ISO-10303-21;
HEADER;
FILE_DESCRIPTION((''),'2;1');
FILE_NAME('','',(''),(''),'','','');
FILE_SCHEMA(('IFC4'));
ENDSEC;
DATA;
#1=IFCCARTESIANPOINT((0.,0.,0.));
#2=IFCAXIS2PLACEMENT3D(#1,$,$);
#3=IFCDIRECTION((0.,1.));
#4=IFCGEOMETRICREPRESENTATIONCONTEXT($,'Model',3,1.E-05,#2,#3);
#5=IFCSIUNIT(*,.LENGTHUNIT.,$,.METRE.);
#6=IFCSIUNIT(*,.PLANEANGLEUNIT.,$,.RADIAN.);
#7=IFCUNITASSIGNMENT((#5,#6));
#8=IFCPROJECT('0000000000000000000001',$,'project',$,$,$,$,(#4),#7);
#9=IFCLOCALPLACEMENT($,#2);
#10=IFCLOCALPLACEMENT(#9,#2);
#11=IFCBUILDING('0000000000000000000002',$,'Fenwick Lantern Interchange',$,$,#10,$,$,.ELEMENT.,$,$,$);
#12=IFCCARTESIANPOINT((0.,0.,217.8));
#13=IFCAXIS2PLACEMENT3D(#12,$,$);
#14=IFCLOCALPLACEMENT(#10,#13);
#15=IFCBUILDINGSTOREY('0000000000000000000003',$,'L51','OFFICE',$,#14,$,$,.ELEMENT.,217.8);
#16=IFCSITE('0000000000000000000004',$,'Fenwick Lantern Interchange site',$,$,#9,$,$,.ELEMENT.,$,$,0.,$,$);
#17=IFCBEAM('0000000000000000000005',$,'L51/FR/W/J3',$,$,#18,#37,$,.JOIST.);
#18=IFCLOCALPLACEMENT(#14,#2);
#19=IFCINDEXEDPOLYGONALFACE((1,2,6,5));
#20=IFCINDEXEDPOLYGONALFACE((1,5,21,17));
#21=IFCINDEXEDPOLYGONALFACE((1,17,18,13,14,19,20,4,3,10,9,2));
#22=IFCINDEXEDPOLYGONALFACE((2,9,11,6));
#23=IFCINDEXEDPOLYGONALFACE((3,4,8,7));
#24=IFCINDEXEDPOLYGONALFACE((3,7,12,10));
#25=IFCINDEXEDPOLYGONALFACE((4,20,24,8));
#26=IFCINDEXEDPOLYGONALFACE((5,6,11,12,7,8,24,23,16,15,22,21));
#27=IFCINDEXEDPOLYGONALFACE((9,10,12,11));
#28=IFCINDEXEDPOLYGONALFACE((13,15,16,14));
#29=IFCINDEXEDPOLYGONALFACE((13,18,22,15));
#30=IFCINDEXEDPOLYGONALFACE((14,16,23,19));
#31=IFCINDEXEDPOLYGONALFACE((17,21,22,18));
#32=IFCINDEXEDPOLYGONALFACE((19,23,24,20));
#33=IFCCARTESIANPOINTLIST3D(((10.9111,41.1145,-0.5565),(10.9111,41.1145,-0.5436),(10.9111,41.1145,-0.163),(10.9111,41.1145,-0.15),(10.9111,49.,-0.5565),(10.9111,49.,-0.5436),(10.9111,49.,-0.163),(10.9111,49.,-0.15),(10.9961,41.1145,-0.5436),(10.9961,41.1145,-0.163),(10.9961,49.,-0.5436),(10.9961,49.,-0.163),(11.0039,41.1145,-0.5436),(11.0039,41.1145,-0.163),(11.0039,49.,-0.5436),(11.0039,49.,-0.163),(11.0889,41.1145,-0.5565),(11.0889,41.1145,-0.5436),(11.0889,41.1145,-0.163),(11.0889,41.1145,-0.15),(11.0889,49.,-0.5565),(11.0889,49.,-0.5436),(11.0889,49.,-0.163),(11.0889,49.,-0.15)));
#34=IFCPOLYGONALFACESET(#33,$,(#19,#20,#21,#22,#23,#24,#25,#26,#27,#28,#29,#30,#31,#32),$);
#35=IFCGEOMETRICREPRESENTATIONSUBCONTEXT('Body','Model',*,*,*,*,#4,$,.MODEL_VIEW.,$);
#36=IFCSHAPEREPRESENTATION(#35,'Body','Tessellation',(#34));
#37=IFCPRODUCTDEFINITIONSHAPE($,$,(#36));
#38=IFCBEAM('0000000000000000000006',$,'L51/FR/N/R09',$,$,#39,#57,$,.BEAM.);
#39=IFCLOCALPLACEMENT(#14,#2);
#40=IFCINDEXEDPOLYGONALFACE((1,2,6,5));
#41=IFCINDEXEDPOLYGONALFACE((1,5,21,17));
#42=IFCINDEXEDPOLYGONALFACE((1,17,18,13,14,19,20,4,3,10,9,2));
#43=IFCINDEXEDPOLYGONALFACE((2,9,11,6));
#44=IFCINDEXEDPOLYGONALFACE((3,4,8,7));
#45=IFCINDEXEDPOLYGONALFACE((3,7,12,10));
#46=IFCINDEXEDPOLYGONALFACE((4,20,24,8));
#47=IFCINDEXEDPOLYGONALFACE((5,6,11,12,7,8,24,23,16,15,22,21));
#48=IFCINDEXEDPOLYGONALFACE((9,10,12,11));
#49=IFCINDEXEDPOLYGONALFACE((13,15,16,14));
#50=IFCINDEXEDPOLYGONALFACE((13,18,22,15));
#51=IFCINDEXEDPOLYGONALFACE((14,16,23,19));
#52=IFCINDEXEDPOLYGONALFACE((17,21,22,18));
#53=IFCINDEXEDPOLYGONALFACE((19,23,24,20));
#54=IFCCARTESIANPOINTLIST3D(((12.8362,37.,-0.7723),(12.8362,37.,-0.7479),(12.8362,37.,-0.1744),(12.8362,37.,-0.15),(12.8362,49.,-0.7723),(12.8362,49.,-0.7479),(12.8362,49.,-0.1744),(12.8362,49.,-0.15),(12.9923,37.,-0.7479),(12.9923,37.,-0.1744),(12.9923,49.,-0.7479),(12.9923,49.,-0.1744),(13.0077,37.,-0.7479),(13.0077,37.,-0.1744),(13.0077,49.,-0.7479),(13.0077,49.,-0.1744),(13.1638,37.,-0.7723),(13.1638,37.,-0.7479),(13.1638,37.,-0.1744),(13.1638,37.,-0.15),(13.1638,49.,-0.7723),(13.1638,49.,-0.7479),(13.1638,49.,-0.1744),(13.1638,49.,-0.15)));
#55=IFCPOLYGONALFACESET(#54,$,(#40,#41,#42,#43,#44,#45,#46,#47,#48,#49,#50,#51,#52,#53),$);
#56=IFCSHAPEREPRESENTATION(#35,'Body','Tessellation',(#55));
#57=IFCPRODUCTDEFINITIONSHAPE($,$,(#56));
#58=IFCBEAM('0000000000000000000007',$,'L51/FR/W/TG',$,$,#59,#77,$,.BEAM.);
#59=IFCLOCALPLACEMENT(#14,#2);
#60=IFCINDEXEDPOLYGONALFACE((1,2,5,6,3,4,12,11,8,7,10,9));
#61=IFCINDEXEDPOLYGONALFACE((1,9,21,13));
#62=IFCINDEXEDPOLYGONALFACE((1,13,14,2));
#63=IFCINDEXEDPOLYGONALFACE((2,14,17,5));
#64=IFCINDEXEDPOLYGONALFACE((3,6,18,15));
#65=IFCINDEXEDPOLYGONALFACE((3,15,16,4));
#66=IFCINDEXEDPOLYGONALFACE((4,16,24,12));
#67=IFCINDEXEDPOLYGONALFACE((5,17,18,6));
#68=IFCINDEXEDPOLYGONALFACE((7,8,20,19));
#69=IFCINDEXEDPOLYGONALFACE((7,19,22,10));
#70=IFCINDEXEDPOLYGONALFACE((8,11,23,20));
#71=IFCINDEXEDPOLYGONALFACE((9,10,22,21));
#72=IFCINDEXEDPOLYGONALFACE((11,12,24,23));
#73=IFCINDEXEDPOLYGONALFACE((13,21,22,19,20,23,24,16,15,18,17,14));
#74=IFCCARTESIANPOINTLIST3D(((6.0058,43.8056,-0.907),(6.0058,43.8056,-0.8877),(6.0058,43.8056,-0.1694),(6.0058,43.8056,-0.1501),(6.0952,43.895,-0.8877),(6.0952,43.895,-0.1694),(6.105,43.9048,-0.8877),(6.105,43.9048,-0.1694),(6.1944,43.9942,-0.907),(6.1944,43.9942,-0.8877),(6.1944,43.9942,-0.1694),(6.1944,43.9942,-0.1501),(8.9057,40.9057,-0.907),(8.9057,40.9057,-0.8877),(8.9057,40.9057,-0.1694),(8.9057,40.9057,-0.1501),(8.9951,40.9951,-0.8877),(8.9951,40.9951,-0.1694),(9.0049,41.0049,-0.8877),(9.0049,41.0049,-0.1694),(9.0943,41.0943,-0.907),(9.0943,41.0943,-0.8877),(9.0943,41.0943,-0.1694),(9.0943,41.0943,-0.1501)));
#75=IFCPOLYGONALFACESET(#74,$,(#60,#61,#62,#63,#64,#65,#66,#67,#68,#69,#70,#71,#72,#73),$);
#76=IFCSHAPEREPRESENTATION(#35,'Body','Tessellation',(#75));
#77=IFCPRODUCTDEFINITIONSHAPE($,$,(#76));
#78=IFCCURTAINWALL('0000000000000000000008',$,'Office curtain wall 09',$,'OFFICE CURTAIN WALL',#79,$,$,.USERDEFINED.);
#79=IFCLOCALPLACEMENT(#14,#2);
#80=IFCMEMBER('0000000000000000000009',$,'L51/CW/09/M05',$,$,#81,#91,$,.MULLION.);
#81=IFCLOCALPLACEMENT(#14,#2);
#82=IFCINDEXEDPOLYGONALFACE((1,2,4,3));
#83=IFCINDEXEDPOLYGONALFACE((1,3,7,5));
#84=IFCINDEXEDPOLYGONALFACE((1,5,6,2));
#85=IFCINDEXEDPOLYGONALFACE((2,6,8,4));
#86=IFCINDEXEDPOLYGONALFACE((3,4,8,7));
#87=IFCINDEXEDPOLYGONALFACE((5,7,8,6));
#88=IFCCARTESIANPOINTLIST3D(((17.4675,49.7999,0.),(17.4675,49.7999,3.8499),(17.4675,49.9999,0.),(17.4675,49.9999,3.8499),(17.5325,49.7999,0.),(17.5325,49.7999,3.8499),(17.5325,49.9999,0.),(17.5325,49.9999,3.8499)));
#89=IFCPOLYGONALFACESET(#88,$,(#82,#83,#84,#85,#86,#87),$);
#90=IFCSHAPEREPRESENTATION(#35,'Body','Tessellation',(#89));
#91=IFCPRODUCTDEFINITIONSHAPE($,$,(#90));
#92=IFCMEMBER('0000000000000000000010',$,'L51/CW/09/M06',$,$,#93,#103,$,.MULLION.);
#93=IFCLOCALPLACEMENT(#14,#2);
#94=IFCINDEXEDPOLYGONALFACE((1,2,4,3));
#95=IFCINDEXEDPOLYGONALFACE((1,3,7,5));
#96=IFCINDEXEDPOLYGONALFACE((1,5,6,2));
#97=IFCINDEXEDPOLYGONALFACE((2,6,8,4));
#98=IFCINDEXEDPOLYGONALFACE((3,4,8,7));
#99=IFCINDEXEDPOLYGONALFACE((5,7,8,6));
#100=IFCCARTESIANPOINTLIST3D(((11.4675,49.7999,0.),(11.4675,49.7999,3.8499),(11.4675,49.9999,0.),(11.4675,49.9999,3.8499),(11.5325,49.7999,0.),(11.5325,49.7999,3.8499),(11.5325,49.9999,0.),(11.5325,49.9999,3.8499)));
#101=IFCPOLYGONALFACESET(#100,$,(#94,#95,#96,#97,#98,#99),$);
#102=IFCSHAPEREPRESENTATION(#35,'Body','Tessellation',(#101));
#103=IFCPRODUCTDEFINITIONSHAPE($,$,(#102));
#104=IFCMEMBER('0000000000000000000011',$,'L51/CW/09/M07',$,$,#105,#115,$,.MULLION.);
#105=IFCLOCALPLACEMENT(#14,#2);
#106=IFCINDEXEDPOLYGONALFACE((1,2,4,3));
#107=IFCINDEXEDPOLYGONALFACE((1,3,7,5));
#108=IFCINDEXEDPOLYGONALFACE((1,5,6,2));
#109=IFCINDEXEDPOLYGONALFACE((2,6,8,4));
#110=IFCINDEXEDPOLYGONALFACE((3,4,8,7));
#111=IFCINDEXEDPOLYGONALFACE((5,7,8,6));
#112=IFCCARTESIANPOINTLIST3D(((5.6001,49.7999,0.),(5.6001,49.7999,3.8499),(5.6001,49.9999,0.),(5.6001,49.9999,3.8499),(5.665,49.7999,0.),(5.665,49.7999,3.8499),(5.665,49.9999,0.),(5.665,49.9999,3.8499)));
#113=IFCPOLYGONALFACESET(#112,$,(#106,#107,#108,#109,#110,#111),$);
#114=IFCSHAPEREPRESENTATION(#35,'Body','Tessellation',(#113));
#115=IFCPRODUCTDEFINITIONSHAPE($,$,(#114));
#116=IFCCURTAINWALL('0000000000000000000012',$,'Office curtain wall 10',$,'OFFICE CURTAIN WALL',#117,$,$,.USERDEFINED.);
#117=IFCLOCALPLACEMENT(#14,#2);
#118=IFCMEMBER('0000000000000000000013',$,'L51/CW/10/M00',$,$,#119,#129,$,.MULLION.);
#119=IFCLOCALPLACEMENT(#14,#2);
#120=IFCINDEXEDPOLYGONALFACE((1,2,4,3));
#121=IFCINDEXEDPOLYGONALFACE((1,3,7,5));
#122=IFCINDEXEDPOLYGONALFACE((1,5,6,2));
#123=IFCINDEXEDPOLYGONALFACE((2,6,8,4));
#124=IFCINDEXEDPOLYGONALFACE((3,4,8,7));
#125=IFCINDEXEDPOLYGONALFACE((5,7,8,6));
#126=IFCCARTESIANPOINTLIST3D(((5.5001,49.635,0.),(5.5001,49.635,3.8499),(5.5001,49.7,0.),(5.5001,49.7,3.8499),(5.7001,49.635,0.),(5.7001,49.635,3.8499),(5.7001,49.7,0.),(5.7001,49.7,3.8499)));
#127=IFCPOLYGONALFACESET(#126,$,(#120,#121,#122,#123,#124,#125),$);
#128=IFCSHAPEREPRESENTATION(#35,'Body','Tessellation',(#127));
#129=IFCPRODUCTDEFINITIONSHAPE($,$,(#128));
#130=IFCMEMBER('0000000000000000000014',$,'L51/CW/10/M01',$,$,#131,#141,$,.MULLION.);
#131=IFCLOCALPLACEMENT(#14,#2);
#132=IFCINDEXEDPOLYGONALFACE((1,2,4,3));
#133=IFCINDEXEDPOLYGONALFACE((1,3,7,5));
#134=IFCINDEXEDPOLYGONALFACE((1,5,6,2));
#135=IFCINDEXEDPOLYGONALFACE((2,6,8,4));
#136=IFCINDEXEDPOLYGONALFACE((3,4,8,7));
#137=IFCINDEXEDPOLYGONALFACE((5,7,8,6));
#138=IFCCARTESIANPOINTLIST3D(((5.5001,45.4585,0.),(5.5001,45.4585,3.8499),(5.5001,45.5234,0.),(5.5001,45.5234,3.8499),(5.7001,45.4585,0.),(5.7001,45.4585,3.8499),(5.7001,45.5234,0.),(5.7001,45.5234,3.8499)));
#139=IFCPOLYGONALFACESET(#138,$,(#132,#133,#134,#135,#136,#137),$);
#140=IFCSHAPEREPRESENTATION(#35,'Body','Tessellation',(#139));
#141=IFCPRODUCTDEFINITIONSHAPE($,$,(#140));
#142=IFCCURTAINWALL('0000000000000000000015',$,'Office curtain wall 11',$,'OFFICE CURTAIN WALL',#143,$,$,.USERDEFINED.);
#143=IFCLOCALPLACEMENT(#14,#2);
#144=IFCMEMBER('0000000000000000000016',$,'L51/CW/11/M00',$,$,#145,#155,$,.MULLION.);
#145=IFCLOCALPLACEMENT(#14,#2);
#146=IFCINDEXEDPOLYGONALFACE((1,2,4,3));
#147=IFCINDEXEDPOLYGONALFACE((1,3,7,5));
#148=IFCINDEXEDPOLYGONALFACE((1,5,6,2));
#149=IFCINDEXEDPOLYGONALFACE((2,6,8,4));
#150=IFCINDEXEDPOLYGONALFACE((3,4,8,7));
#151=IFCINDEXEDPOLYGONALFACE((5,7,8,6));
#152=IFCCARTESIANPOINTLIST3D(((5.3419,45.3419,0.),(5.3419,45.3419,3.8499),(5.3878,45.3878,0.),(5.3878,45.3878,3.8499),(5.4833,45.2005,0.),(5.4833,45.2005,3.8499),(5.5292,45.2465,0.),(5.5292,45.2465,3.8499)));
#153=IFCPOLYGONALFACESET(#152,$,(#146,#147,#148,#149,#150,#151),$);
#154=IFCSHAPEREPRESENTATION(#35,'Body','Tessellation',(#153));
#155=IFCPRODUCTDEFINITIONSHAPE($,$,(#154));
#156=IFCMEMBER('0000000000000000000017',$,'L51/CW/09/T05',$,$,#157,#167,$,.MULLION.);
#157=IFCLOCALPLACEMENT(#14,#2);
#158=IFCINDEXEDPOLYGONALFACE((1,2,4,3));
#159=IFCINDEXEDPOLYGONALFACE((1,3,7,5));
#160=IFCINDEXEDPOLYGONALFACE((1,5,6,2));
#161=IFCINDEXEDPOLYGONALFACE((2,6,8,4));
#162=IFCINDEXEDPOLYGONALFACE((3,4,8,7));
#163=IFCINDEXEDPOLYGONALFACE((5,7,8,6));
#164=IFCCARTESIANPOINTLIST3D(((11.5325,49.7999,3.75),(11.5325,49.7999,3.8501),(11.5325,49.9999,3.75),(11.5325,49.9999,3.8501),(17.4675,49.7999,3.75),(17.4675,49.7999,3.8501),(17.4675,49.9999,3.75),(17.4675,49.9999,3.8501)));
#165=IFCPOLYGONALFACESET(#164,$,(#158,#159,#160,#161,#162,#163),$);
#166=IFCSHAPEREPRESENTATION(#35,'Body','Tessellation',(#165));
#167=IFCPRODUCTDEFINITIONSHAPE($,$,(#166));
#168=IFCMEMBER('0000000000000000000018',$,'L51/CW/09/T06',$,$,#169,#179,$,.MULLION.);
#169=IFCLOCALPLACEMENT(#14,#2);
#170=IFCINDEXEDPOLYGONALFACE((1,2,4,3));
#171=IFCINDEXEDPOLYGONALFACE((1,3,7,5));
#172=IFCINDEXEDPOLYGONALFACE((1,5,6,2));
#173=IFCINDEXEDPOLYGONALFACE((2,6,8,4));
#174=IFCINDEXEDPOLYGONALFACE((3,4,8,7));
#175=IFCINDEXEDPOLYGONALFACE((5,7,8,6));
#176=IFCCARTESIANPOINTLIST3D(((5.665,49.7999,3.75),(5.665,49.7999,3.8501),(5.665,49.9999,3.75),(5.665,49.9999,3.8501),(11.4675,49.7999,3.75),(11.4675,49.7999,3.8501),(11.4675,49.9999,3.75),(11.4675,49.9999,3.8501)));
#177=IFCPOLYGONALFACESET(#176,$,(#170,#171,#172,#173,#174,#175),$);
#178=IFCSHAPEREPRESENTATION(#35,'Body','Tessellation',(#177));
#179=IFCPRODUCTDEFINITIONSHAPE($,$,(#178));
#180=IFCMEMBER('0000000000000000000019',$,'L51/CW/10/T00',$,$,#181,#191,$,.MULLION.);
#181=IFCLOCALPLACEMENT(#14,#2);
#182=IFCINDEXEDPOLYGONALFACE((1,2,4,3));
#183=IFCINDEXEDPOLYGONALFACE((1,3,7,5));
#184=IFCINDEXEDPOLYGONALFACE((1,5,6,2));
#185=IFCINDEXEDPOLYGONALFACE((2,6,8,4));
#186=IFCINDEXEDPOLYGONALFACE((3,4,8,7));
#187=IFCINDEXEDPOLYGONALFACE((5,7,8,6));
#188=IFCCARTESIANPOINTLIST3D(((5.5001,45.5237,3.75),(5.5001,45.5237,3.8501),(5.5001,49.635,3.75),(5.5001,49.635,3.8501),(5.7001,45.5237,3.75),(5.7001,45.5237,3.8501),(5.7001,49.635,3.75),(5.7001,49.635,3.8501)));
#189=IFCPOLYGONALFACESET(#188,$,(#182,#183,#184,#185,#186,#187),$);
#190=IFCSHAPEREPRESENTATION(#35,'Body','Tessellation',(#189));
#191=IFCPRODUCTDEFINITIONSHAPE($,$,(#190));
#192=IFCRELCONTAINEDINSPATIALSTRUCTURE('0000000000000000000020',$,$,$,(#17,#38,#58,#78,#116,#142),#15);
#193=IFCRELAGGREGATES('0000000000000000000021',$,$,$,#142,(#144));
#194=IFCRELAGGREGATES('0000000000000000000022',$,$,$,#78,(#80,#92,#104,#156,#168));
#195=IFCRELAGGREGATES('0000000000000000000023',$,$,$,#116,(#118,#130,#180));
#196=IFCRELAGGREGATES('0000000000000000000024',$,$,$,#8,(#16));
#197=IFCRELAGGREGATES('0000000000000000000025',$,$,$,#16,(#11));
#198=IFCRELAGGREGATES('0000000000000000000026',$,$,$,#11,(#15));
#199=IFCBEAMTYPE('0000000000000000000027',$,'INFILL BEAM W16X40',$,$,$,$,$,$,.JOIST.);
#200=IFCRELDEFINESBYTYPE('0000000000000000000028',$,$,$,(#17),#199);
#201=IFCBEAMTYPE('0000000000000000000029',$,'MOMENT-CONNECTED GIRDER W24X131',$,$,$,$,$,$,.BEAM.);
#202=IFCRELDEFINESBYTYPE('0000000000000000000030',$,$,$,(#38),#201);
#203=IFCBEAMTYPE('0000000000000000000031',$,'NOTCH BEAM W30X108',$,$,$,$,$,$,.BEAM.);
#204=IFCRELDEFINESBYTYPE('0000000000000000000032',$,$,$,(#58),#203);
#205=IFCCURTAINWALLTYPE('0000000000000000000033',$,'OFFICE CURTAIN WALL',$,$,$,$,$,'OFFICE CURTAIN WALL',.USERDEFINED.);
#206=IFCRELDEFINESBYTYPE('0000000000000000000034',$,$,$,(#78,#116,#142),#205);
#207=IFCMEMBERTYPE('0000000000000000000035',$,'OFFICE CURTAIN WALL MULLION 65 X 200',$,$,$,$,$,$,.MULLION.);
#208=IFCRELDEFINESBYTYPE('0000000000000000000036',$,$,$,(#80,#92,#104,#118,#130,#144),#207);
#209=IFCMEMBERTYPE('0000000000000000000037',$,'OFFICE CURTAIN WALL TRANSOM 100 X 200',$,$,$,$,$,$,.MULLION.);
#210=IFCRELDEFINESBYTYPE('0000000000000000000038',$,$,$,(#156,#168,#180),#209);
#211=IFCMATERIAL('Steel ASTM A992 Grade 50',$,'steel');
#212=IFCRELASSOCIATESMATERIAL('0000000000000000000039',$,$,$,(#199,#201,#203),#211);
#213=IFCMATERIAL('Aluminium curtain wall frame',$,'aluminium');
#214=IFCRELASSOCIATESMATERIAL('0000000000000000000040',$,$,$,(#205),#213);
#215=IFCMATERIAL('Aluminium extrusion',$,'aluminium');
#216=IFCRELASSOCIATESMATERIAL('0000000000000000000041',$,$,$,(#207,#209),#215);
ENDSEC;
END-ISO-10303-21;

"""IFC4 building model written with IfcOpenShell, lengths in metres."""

from ifc_helpers import new_model, si_unit, direction, frame, origin, origin_2d, place, context, subcontext, project, spatial, rectangle, i_section, extrude, material, material_profile, profile_set, type_object, element, aggregate, save


model = new_model("IFC4")

# Units and contexts
model_context = context("Model", 3, precision=1e-05, world=origin(), true_north=direction((0.0, 1.0)))
body_context = subcontext(model_context, "Body", "Model", "MODEL_VIEW")
ifc_project = project(units=[si_unit("LENGTHUNIT", "METRE"), si_unit("PLANEANGLEUNIT", "RADIAN")], contexts=[model_context])

# Site, building, storey
site_placement = place(None, origin())
site = spatial("IfcSite", under=ifc_project, at=site_placement, Name="Fenwick Lantern Interchange site", CompositionType="ELEMENT", RefElevation=0.0)
building_placement = place(site_placement, origin())
building = spatial("IfcBuilding", under=site, at=building_placement, Name="Fenwick Lantern Interchange", CompositionType="ELEMENT")
storey_placement = place(building_placement, frame((0.0, 0.0, 217.8)))
storey = spatial("IfcBuildingStorey", under=building, at=storey_placement, Name="L51", Description="OFFICE", CompositionType="ELEMENT", Elevation=217.8)

# Shared definitions
ifc_material_1 = material(Name="Steel ASTM A992 Grade 50", Category="steel")

# Beams
ifc_material_profile_1 = material_profile(ifc_material_1, i_section(OverallWidth=0.1777, OverallDepth=0.4065, WebThickness=0.0078, FlangeThickness=0.0129, at=origin_2d()), Name="W16X40")
ifc_profile_set_1 = profile_set([ifc_material_profile_1], Name="Steel ASTM A992 Grade 50")
beam_type_1 = type_object("IfcBeamType", Name="INFILL BEAM W16X40", PredefinedType="JOIST", material=ifc_profile_set_1)
beam_1_placement = place(storey_placement, frame((11.0, 49.0, -0.3533), z_axis=(0.0, -1.0, 0.0), x_axis=(1.0, 0.0, 0.0)))
element("IfcBeam", 1, at=beam_1_placement, inside=storey, type_object=beam_type_1, Name="L51/FR/W/J3", PredefinedType="JOIST", context=body_context, shape_type="SweptSolid", body=[
    extrude(i_section(OverallWidth=0.1777, OverallDepth=0.4065, WebThickness=0.0078, FlangeThickness=0.0129, at=origin_2d()), origin(), (0.0, 0.0, 1.0), 7.8855),
])
ifc_material_profile_2 = material_profile(ifc_material_1, i_section(OverallWidth=0.3276, OverallDepth=0.6223, WebThickness=0.0154, FlangeThickness=0.0244, at=origin_2d()), Name="W24X131")
ifc_profile_set_2 = profile_set([ifc_material_profile_2], Name="Steel ASTM A992 Grade 50")
beam_type_2 = type_object("IfcBeamType", Name="MOMENT-CONNECTED GIRDER W24X131", PredefinedType="BEAM", material=ifc_profile_set_2)
beam_2_placement = place(storey_placement, frame((13.0, 49.0, -0.4612), z_axis=(0.0, -1.0, 0.0), x_axis=(1.0, 0.0, 0.0)))
element("IfcBeam", 2, at=beam_2_placement, inside=storey, type_object=beam_type_2, Name="L51/FR/N/R09", PredefinedType="BEAM", context=body_context, shape_type="SweptSolid", body=[
    extrude(i_section(OverallWidth=0.3276, OverallDepth=0.6223, WebThickness=0.0154, FlangeThickness=0.0244, at=origin_2d()), origin(), (0.0, 0.0, 1.0), 12.0),
])
ifc_material_profile_3 = material_profile(ifc_material_1, i_section(OverallWidth=0.2666, OverallDepth=0.7568, WebThickness=0.0139, FlangeThickness=0.0193, at=origin_2d()), Name="W30X108")
ifc_profile_set_3 = profile_set([ifc_material_profile_3], Name="Steel ASTM A992 Grade 50")
beam_type_3 = type_object("IfcBeamType", Name="NOTCH BEAM W30X108", PredefinedType="BEAM", material=ifc_profile_set_3)
beam_3_placement = place(storey_placement, frame((9.0, 41.0, -0.5286), z_axis=(-0.707107, 0.707107, 0.0), x_axis=(-0.707107, -0.707107, 0.0)))
element("IfcBeam", 3, at=beam_3_placement, inside=storey, type_object=beam_type_3, Name="L51/FR/W/TG", PredefinedType="BEAM", context=body_context, shape_type="SweptSolid", body=[
    extrude(i_section(OverallWidth=0.2666, OverallDepth=0.7568, WebThickness=0.0139, FlangeThickness=0.0193, at=origin_2d()), origin(), (0.0, 0.0, 1.0), 4.1011),
])

# Curtain walls, members
ifc_material_2 = material(Name="Aluminium curtain wall frame", Category="aluminium")
curtain_wall_type = type_object("IfcCurtainWallType", Name="OFFICE CURTAIN WALL", ElementType="OFFICE CURTAIN WALL", PredefinedType="USERDEFINED", material=ifc_material_2)
curtain_wall_1_placement = place(storey_placement, origin())
curtain_wall_1 = element("IfcCurtainWall", 4, at=curtain_wall_1_placement, inside=storey, type_object=curtain_wall_type, Name="Office curtain wall 09", ObjectType="OFFICE CURTAIN WALL", PredefinedType="USERDEFINED")
ifc_material_3 = material(Name="Aluminium extrusion", Category="aluminium")
ifc_material_profile_4 = material_profile(ifc_material_3, rectangle(XDim=0.2, YDim=0.0649, at=origin_2d()), Name="OFFICE CURTAIN WALL MULLION 65 X 200")
ifc_profile_set_4 = profile_set([ifc_material_profile_4], Name="Aluminium extrusion")
member_type_1 = type_object("IfcMemberType", Name="OFFICE CURTAIN WALL MULLION 65 X 200", PredefinedType="MULLION", material=ifc_profile_set_4)
member_1_placement = place(storey_placement, frame((17.5, 49.8999, 0.0), z_axis=(0.0, 0.0, 1.0), x_axis=(0.0, -1.0, 0.0)))
member_1 = element("IfcMember", 5, at=member_1_placement, type_object=member_type_1, Name="L51/CW/09/M05", PredefinedType="MULLION", context=body_context, shape_type="SweptSolid", body=[
    extrude(rectangle(XDim=0.2, YDim=0.0649, at=origin_2d()), origin(), (0.0, 0.0, 1.0), 3.8499),
])
member_2_placement = place(storey_placement, frame((11.5, 49.8999, 0.0), z_axis=(0.0, 0.0, 1.0), x_axis=(0.0, -1.0, 0.0)))
member_2 = element("IfcMember", 6, at=member_2_placement, type_object=member_type_1, Name="L51/CW/09/M06", PredefinedType="MULLION", context=body_context, shape_type="SweptSolid", body=[
    extrude(rectangle(XDim=0.2, YDim=0.0649, at=origin_2d()), origin(), (0.0, 0.0, 1.0), 3.8499),
])
member_3_placement = place(storey_placement, frame((5.6326, 49.8999, 0.0), z_axis=(0.0, 0.0, 1.0), x_axis=(0.0, -1.0, 0.0)))
member_3 = element("IfcMember", 7, at=member_3_placement, type_object=member_type_1, Name="L51/CW/09/M07", PredefinedType="MULLION", context=body_context, shape_type="SweptSolid", body=[
    extrude(rectangle(XDim=0.2, YDim=0.0649, at=origin_2d()), origin(), (0.0, 0.0, 1.0), 3.8499),
])
curtain_wall_2_placement = place(storey_placement, origin())
curtain_wall_2 = element("IfcCurtainWall", 8, at=curtain_wall_2_placement, inside=storey, type_object=curtain_wall_type, Name="Office curtain wall 10", ObjectType="OFFICE CURTAIN WALL", PredefinedType="USERDEFINED")
member_4_placement = place(storey_placement, frame((5.6001, 49.6675, 0.0), z_axis=(0.0, 0.0, 1.0), x_axis=(1.0, 0.0, 0.0)))
member_4 = element("IfcMember", 9, at=member_4_placement, type_object=member_type_1, Name="L51/CW/10/M00", PredefinedType="MULLION", context=body_context, shape_type="SweptSolid", body=[
    extrude(rectangle(XDim=0.2, YDim=0.0649, at=origin_2d()), origin(), (0.0, 0.0, 1.0), 3.8499),
])
member_5_placement = place(storey_placement, frame((5.6001, 45.491, 0.0), z_axis=(0.0, 0.0, 1.0), x_axis=(1.0, 0.0, 0.0)))
member_5 = element("IfcMember", 10, at=member_5_placement, type_object=member_type_1, Name="L51/CW/10/M01", PredefinedType="MULLION", context=body_context, shape_type="SweptSolid", body=[
    extrude(rectangle(XDim=0.2, YDim=0.0649, at=origin_2d()), origin(), (0.0, 0.0, 1.0), 3.8499),
])

# Curtain wall, member
curtain_wall_3_placement = place(storey_placement, origin())
curtain_wall_3 = element("IfcCurtainWall", 11, at=curtain_wall_3_placement, inside=storey, type_object=curtain_wall_type, Name="Office curtain wall 11", ObjectType="OFFICE CURTAIN WALL", PredefinedType="USERDEFINED")
member_6_placement = place(storey_placement, frame((5.4355, 45.2942, 0.0), z_axis=(0.0, 0.0, 1.0), x_axis=(0.707107, -0.707107, 0.0)))
member_6 = element("IfcMember", 12, at=member_6_placement, type_object=member_type_1, Name="L51/CW/11/M00", PredefinedType="MULLION", context=body_context, shape_type="SweptSolid", body=[
    extrude(rectangle(XDim=0.2, YDim=0.0649, at=origin_2d()), origin(), (0.0, 0.0, 1.0), 3.8499),
])

# Members
ifc_material_profile_5 = material_profile(ifc_material_3, rectangle(XDim=0.2, YDim=0.1001, at=origin_2d()), Name="OFFICE CURTAIN WALL TRANSOM 100 X 200")
ifc_profile_set_5 = profile_set([ifc_material_profile_5], Name="Aluminium extrusion")
member_type_2 = type_object("IfcMemberType", Name="OFFICE CURTAIN WALL TRANSOM 100 X 200", PredefinedType="MULLION", material=ifc_profile_set_5)
member_7_placement = place(storey_placement, frame((17.4675, 49.8999, 3.8), z_axis=(-1.0, 0.0, 0.0), x_axis=(0.0, -1.0, 0.0)))
member_7 = element("IfcMember", 13, at=member_7_placement, type_object=member_type_2, Name="L51/CW/09/T05", PredefinedType="MULLION", context=body_context, shape_type="SweptSolid", body=[
    extrude(rectangle(XDim=0.2, YDim=0.1001, at=origin_2d()), origin(), (0.0, 0.0, 1.0), 5.9351),
])
member_8_placement = place(storey_placement, frame((11.4675, 49.8999, 3.8), z_axis=(-1.0, 0.0, 0.0), x_axis=(0.0, -1.0, 0.0)))
member_8 = element("IfcMember", 14, at=member_8_placement, type_object=member_type_2, Name="L51/CW/09/T06", PredefinedType="MULLION", context=body_context, shape_type="SweptSolid", body=[
    extrude(rectangle(XDim=0.2, YDim=0.1001, at=origin_2d()), origin(), (0.0, 0.0, 1.0), 5.8025),
])
member_9_placement = place(storey_placement, frame((5.6001, 49.635, 3.8), z_axis=(0.0, -1.0, 0.0), x_axis=(1.0, 0.0, 0.0)))
member_9 = element("IfcMember", 15, at=member_9_placement, type_object=member_type_2, Name="L51/CW/10/T00", PredefinedType="MULLION", context=body_context, shape_type="SweptSolid", body=[
    extrude(rectangle(XDim=0.2, YDim=0.1001, at=origin_2d()), origin(), (0.0, 0.0, 1.0), 4.1113),
])
aggregate(curtain_wall_3, [member_6])

aggregate(curtain_wall_1, [member_1, member_2, member_3, member_7, member_8])
aggregate(curtain_wall_2, [member_4, member_5, member_9])

save(model, "model.ifc")
